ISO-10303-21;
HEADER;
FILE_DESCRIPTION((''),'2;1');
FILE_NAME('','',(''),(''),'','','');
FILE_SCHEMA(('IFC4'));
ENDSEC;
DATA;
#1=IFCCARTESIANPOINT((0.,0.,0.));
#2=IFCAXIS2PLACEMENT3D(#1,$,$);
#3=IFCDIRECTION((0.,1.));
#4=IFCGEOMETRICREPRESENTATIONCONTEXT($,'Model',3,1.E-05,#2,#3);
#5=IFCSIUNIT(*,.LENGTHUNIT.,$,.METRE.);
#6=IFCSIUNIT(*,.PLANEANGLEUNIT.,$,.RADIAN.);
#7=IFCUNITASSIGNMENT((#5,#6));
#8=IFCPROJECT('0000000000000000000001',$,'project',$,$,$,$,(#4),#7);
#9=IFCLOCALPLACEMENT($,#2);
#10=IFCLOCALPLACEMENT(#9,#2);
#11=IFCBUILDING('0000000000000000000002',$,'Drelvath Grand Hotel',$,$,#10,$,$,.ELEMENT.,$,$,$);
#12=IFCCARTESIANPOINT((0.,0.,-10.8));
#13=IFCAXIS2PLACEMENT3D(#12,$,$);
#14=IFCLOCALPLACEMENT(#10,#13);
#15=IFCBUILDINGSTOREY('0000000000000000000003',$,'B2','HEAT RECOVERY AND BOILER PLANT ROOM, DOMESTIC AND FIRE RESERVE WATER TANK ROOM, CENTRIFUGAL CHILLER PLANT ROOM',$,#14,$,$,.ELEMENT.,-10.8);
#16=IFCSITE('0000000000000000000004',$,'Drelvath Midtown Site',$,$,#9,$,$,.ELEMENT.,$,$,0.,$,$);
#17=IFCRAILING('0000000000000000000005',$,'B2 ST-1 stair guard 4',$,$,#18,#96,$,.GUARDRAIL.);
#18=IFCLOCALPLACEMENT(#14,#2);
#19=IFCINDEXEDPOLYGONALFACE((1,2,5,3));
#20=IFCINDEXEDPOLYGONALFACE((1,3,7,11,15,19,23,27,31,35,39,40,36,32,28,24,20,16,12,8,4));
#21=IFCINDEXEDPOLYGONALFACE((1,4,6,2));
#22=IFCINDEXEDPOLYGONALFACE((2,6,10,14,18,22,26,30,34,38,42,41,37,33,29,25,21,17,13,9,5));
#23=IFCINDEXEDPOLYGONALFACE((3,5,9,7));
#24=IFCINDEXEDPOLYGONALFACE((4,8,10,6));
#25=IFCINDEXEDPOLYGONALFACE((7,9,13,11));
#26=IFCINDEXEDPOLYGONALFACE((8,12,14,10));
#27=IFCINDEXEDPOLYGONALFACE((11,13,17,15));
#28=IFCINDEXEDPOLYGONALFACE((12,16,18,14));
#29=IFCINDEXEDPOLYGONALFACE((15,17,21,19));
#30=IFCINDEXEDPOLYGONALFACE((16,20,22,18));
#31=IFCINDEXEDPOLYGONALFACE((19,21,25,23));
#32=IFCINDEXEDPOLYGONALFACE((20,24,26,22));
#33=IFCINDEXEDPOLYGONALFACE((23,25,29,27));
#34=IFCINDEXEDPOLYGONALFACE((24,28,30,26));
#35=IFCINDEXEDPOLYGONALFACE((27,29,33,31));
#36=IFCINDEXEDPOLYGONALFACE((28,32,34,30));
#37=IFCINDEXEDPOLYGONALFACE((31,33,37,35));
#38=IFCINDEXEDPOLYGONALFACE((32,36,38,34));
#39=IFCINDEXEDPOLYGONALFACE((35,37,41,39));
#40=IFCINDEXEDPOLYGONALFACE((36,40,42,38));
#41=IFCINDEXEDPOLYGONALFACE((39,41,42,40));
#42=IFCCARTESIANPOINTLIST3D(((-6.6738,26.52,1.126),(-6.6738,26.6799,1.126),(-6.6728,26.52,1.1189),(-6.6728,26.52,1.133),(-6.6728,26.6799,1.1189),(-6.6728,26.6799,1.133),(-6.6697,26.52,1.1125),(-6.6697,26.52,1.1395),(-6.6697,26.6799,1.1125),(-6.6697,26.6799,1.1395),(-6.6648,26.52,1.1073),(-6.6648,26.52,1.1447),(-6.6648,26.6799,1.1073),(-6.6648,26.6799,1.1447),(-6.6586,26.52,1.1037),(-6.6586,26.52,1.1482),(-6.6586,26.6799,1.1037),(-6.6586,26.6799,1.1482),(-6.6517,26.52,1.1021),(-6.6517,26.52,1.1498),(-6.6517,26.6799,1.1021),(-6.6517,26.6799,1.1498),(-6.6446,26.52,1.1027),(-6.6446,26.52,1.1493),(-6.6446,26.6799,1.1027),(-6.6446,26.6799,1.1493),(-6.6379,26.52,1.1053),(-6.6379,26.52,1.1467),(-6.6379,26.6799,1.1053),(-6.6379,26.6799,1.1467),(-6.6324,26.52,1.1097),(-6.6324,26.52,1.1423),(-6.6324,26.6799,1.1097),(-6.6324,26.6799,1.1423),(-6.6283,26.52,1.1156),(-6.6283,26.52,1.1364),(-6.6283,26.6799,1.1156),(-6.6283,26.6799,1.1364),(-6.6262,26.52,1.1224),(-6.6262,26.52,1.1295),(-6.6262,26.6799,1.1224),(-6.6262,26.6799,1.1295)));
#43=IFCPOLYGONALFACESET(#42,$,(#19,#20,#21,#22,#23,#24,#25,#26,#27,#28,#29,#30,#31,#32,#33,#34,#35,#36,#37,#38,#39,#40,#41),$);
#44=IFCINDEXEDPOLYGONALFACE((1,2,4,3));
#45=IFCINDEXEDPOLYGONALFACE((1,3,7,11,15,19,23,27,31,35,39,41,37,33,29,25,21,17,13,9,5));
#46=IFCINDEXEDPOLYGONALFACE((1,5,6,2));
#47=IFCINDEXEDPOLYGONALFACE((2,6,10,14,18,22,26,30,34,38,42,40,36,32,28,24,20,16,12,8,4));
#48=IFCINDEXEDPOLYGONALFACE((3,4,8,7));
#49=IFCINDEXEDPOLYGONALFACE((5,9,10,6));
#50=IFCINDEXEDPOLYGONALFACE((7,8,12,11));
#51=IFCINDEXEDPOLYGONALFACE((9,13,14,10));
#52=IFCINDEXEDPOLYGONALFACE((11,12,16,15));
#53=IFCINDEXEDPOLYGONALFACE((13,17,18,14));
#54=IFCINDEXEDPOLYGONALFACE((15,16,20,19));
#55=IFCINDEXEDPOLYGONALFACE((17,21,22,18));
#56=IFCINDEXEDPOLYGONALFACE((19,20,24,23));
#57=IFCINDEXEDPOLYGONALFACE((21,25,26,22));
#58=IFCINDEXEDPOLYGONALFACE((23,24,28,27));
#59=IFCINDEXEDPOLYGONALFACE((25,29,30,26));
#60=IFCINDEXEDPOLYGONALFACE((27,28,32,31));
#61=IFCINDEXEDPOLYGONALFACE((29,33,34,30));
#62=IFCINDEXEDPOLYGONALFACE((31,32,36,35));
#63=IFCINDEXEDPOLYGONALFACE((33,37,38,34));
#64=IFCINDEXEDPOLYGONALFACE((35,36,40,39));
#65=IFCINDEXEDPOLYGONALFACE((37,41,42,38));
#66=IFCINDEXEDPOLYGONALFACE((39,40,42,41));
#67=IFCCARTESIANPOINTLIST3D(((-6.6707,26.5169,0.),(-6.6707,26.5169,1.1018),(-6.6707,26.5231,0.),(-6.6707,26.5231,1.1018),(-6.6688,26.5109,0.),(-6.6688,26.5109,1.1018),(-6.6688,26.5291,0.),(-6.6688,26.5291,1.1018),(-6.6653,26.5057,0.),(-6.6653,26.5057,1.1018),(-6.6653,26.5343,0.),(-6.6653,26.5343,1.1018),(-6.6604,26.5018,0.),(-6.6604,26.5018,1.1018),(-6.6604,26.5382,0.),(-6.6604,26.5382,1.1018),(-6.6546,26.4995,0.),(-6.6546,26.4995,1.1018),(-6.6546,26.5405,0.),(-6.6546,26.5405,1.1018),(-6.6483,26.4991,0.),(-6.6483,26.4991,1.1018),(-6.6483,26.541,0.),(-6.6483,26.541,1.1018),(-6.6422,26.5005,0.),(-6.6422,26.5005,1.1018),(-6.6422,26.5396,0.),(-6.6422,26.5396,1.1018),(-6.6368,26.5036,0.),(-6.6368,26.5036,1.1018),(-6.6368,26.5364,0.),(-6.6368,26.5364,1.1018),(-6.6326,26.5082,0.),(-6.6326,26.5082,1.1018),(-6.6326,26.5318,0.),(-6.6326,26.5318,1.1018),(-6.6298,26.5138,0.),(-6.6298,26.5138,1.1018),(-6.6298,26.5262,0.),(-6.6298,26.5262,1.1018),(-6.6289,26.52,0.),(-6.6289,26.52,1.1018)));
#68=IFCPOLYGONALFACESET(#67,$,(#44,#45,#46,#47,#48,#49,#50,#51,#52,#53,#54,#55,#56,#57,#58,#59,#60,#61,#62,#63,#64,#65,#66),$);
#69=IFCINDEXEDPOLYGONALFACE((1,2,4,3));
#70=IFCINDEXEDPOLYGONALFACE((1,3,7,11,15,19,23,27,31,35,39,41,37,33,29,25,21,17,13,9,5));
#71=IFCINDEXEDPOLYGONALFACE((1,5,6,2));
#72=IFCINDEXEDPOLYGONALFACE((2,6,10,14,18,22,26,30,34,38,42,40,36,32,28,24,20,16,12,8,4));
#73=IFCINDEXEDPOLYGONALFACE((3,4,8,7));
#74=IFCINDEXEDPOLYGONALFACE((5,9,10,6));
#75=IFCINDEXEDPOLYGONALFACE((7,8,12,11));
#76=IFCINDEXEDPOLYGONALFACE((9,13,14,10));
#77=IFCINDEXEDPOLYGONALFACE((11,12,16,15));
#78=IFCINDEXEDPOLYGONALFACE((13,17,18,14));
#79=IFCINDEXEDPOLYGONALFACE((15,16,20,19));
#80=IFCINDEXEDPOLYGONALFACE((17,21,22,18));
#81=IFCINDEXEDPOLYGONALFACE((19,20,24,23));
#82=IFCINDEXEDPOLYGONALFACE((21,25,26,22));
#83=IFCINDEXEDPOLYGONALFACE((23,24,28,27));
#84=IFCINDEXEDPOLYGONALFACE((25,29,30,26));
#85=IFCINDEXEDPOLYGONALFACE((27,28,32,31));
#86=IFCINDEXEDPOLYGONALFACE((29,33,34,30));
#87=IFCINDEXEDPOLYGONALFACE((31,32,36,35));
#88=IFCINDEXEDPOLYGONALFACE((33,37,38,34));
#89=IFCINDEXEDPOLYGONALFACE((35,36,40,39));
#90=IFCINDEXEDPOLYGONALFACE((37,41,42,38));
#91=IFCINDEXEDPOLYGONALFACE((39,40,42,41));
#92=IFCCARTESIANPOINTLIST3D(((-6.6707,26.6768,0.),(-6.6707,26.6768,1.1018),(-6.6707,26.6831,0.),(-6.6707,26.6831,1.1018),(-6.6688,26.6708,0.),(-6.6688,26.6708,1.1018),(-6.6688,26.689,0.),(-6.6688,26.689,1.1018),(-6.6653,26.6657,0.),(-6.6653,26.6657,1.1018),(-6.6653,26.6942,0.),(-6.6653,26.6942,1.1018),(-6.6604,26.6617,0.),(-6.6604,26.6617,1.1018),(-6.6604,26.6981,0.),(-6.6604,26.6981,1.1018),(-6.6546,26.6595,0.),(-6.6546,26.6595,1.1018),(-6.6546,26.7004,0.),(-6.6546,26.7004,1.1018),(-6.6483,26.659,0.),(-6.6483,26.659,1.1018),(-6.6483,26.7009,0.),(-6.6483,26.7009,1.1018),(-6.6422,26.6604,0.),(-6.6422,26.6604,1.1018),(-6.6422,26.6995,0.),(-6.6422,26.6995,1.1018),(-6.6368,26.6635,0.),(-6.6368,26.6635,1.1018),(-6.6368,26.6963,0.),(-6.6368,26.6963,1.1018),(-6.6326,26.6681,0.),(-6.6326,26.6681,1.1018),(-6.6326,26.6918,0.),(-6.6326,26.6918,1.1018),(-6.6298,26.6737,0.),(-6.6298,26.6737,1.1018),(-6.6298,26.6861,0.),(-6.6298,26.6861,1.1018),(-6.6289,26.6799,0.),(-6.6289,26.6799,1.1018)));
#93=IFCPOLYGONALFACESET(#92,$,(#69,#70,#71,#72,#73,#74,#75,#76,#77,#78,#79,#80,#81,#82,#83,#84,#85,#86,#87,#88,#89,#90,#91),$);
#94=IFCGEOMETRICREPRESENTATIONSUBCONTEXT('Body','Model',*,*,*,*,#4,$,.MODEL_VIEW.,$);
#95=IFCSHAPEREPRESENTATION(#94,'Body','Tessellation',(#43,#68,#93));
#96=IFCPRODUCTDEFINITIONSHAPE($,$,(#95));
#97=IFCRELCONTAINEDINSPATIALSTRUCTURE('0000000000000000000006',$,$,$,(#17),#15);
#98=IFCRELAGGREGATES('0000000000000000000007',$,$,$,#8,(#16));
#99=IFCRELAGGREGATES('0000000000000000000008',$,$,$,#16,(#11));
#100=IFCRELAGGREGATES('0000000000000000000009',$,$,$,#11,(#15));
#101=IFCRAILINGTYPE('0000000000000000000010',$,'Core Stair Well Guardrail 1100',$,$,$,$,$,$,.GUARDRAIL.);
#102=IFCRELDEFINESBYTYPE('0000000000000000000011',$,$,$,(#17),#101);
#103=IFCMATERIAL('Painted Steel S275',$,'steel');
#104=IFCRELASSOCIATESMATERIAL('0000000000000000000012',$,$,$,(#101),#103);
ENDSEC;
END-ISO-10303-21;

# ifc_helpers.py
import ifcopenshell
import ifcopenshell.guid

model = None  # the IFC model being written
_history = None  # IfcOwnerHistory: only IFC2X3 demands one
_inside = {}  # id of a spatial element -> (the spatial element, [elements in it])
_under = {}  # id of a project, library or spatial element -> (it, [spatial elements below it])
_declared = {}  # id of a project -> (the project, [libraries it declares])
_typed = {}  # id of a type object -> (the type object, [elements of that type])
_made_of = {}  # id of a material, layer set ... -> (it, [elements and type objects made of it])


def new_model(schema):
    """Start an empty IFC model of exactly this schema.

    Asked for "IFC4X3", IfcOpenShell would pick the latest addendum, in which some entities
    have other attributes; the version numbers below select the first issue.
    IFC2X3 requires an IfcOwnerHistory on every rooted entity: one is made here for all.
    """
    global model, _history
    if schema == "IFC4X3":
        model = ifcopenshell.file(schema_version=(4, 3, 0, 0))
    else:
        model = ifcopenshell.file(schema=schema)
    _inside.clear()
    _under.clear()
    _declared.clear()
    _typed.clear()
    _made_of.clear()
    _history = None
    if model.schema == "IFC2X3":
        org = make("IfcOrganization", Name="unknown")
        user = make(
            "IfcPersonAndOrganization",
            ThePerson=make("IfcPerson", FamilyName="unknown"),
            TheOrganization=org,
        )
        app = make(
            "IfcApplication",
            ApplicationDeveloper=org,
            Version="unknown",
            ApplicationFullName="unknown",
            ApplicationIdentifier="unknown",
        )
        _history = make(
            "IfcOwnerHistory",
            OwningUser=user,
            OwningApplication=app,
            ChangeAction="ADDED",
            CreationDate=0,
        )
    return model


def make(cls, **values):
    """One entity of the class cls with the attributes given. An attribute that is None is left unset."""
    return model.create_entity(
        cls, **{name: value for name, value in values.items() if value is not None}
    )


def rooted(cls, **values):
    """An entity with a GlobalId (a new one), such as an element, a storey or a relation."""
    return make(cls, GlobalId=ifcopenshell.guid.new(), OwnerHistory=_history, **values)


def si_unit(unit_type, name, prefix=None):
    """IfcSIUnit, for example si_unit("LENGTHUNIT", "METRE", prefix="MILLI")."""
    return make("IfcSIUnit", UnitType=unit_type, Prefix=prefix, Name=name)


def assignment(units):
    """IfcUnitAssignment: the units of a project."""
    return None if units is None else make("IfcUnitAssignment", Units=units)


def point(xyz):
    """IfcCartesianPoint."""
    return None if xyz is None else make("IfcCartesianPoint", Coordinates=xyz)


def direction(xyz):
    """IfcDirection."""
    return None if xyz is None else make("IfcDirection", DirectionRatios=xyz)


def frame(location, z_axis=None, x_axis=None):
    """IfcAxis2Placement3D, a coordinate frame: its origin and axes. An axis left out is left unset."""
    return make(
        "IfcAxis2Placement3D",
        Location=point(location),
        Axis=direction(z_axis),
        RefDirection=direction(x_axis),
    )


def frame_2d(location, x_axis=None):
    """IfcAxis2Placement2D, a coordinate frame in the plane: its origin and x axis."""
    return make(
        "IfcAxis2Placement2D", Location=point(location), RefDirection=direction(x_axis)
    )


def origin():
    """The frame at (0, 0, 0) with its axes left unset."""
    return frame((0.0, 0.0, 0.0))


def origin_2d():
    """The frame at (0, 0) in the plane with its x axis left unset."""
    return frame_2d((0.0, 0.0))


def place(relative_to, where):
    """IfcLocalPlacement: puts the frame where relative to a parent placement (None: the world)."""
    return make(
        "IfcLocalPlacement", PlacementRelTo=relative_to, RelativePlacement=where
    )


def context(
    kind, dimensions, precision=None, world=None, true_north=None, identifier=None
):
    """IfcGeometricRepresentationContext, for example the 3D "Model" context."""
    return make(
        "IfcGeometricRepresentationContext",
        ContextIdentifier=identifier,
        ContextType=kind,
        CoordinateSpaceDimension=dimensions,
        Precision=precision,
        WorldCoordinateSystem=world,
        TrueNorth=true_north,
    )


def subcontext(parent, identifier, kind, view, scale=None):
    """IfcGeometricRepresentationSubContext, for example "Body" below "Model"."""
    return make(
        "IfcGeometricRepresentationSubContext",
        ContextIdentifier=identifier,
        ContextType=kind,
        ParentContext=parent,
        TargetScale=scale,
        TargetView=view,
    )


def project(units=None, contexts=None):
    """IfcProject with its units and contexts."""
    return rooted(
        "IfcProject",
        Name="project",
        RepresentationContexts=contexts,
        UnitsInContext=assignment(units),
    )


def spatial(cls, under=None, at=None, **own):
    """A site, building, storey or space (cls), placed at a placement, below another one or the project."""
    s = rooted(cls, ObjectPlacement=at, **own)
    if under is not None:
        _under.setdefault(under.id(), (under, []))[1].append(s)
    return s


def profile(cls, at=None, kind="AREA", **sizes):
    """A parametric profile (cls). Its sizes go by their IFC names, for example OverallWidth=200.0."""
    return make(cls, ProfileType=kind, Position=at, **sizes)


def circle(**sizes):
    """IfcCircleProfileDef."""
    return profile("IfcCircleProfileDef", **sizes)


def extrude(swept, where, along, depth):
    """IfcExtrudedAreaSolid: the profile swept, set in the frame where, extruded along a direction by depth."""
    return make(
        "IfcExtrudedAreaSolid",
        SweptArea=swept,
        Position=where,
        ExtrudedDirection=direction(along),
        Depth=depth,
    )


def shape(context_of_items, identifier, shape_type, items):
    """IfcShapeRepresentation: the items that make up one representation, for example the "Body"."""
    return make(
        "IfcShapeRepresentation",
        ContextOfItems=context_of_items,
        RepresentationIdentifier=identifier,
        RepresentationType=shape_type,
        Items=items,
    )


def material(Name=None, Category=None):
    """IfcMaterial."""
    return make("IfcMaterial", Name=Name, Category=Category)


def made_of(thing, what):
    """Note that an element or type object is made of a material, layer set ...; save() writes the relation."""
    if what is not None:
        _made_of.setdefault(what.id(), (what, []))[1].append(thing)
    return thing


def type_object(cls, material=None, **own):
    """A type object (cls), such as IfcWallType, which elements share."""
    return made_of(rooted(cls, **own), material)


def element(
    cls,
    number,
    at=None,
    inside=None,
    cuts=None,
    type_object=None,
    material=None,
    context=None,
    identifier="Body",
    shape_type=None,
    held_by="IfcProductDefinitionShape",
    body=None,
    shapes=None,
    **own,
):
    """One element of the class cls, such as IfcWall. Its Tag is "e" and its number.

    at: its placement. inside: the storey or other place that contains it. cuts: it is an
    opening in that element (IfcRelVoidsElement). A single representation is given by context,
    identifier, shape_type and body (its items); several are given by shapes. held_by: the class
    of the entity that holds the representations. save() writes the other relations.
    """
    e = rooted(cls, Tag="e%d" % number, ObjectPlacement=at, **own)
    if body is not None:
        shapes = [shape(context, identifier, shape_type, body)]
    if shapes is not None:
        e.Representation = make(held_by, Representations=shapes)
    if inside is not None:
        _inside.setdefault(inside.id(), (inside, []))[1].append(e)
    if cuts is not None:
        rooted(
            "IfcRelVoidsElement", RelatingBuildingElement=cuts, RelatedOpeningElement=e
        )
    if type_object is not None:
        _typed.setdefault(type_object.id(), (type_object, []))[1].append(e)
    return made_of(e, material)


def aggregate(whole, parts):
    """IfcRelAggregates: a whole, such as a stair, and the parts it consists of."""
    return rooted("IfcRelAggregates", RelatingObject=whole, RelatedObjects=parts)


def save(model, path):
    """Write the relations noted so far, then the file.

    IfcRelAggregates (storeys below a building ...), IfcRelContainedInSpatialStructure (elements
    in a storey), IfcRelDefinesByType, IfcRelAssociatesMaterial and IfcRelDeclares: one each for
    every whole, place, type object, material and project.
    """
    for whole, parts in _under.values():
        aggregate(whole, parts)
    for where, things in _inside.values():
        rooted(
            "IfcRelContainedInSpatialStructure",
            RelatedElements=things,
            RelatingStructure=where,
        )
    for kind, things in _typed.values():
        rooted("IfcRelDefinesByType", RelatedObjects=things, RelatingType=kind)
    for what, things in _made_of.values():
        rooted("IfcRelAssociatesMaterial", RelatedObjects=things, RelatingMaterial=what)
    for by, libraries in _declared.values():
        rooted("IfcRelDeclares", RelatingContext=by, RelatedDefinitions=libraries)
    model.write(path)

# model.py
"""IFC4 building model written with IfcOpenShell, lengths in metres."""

from ifc_helpers import new_model, si_unit, direction, frame, origin, origin_2d, place, context, subcontext, project, spatial, circle, extrude, material, type_object, element, save


model = new_model("IFC4")

# Units and contexts
model_context = context("Model", 3, precision=1e-05, world=origin(), true_north=direction((0.0, 1.0)))
body_context = subcontext(model_context, "Body", "Model", "MODEL_VIEW")
ifc_project = project(units=[si_unit("LENGTHUNIT", "METRE"), si_unit("PLANEANGLEUNIT", "RADIAN")], contexts=[model_context])

# Site, building, storey
site_placement = place(None, origin())
site = spatial("IfcSite", under=ifc_project, at=site_placement, Name="Drelvath Midtown Site", CompositionType="ELEMENT", RefElevation=0.0)
building_placement = place(site_placement, origin())
building = spatial("IfcBuilding", under=site, at=building_placement, Name="Drelvath Grand Hotel", CompositionType="ELEMENT")
storey_placement = place(building_placement, frame((0.0, 0.0, -10.8)))
storey = spatial("IfcBuildingStorey", under=building, at=storey_placement, Name="B2", Description="HEAT RECOVERY AND BOILER PLANT ROOM, DOMESTIC AND FIRE RESERVE WATER TANK ROOM, CENTRIFUGAL CHILLER PLANT ROOM", CompositionType="ELEMENT", Elevation=-10.8)

# Shared definitions
ifc_material_1 = material(Name="Painted Steel S275", Category="steel")

# Railing
railing_type_1 = type_object("IfcRailingType", Name="Core Stair Well Guardrail 1100", PredefinedType="GUARDRAIL", material=ifc_material_1)
railing_1_placement = place(storey_placement, frame((-6.6499, 26.52, 0.0)))
element("IfcRailing", 1, at=railing_1_placement, inside=storey, type_object=railing_type_1, Name="B2 ST-1 stair guard 4", PredefinedType="GUARDRAIL", context=body_context, shape_type="SweptSolid", body=[
    extrude(circle(Radius=0.0239, at=origin_2d()), frame((0.0, 0.0, 1.126), z_axis=(0.0, 1.0, 0.0), x_axis=(-1.0, 0.0, 0.0)), (0.0, 0.0, 1.0), 0.1599),
    extrude(circle(Radius=0.021, at=origin_2d()), origin(), (0.0, 0.0, 1.0), 1.1018),
    extrude(circle(Radius=0.021, at=origin_2d()), frame((0.0, 0.1599, 0.0)), (0.0, 0.0, 1.0), 1.1018),
])

save(model, "model.ifc")
